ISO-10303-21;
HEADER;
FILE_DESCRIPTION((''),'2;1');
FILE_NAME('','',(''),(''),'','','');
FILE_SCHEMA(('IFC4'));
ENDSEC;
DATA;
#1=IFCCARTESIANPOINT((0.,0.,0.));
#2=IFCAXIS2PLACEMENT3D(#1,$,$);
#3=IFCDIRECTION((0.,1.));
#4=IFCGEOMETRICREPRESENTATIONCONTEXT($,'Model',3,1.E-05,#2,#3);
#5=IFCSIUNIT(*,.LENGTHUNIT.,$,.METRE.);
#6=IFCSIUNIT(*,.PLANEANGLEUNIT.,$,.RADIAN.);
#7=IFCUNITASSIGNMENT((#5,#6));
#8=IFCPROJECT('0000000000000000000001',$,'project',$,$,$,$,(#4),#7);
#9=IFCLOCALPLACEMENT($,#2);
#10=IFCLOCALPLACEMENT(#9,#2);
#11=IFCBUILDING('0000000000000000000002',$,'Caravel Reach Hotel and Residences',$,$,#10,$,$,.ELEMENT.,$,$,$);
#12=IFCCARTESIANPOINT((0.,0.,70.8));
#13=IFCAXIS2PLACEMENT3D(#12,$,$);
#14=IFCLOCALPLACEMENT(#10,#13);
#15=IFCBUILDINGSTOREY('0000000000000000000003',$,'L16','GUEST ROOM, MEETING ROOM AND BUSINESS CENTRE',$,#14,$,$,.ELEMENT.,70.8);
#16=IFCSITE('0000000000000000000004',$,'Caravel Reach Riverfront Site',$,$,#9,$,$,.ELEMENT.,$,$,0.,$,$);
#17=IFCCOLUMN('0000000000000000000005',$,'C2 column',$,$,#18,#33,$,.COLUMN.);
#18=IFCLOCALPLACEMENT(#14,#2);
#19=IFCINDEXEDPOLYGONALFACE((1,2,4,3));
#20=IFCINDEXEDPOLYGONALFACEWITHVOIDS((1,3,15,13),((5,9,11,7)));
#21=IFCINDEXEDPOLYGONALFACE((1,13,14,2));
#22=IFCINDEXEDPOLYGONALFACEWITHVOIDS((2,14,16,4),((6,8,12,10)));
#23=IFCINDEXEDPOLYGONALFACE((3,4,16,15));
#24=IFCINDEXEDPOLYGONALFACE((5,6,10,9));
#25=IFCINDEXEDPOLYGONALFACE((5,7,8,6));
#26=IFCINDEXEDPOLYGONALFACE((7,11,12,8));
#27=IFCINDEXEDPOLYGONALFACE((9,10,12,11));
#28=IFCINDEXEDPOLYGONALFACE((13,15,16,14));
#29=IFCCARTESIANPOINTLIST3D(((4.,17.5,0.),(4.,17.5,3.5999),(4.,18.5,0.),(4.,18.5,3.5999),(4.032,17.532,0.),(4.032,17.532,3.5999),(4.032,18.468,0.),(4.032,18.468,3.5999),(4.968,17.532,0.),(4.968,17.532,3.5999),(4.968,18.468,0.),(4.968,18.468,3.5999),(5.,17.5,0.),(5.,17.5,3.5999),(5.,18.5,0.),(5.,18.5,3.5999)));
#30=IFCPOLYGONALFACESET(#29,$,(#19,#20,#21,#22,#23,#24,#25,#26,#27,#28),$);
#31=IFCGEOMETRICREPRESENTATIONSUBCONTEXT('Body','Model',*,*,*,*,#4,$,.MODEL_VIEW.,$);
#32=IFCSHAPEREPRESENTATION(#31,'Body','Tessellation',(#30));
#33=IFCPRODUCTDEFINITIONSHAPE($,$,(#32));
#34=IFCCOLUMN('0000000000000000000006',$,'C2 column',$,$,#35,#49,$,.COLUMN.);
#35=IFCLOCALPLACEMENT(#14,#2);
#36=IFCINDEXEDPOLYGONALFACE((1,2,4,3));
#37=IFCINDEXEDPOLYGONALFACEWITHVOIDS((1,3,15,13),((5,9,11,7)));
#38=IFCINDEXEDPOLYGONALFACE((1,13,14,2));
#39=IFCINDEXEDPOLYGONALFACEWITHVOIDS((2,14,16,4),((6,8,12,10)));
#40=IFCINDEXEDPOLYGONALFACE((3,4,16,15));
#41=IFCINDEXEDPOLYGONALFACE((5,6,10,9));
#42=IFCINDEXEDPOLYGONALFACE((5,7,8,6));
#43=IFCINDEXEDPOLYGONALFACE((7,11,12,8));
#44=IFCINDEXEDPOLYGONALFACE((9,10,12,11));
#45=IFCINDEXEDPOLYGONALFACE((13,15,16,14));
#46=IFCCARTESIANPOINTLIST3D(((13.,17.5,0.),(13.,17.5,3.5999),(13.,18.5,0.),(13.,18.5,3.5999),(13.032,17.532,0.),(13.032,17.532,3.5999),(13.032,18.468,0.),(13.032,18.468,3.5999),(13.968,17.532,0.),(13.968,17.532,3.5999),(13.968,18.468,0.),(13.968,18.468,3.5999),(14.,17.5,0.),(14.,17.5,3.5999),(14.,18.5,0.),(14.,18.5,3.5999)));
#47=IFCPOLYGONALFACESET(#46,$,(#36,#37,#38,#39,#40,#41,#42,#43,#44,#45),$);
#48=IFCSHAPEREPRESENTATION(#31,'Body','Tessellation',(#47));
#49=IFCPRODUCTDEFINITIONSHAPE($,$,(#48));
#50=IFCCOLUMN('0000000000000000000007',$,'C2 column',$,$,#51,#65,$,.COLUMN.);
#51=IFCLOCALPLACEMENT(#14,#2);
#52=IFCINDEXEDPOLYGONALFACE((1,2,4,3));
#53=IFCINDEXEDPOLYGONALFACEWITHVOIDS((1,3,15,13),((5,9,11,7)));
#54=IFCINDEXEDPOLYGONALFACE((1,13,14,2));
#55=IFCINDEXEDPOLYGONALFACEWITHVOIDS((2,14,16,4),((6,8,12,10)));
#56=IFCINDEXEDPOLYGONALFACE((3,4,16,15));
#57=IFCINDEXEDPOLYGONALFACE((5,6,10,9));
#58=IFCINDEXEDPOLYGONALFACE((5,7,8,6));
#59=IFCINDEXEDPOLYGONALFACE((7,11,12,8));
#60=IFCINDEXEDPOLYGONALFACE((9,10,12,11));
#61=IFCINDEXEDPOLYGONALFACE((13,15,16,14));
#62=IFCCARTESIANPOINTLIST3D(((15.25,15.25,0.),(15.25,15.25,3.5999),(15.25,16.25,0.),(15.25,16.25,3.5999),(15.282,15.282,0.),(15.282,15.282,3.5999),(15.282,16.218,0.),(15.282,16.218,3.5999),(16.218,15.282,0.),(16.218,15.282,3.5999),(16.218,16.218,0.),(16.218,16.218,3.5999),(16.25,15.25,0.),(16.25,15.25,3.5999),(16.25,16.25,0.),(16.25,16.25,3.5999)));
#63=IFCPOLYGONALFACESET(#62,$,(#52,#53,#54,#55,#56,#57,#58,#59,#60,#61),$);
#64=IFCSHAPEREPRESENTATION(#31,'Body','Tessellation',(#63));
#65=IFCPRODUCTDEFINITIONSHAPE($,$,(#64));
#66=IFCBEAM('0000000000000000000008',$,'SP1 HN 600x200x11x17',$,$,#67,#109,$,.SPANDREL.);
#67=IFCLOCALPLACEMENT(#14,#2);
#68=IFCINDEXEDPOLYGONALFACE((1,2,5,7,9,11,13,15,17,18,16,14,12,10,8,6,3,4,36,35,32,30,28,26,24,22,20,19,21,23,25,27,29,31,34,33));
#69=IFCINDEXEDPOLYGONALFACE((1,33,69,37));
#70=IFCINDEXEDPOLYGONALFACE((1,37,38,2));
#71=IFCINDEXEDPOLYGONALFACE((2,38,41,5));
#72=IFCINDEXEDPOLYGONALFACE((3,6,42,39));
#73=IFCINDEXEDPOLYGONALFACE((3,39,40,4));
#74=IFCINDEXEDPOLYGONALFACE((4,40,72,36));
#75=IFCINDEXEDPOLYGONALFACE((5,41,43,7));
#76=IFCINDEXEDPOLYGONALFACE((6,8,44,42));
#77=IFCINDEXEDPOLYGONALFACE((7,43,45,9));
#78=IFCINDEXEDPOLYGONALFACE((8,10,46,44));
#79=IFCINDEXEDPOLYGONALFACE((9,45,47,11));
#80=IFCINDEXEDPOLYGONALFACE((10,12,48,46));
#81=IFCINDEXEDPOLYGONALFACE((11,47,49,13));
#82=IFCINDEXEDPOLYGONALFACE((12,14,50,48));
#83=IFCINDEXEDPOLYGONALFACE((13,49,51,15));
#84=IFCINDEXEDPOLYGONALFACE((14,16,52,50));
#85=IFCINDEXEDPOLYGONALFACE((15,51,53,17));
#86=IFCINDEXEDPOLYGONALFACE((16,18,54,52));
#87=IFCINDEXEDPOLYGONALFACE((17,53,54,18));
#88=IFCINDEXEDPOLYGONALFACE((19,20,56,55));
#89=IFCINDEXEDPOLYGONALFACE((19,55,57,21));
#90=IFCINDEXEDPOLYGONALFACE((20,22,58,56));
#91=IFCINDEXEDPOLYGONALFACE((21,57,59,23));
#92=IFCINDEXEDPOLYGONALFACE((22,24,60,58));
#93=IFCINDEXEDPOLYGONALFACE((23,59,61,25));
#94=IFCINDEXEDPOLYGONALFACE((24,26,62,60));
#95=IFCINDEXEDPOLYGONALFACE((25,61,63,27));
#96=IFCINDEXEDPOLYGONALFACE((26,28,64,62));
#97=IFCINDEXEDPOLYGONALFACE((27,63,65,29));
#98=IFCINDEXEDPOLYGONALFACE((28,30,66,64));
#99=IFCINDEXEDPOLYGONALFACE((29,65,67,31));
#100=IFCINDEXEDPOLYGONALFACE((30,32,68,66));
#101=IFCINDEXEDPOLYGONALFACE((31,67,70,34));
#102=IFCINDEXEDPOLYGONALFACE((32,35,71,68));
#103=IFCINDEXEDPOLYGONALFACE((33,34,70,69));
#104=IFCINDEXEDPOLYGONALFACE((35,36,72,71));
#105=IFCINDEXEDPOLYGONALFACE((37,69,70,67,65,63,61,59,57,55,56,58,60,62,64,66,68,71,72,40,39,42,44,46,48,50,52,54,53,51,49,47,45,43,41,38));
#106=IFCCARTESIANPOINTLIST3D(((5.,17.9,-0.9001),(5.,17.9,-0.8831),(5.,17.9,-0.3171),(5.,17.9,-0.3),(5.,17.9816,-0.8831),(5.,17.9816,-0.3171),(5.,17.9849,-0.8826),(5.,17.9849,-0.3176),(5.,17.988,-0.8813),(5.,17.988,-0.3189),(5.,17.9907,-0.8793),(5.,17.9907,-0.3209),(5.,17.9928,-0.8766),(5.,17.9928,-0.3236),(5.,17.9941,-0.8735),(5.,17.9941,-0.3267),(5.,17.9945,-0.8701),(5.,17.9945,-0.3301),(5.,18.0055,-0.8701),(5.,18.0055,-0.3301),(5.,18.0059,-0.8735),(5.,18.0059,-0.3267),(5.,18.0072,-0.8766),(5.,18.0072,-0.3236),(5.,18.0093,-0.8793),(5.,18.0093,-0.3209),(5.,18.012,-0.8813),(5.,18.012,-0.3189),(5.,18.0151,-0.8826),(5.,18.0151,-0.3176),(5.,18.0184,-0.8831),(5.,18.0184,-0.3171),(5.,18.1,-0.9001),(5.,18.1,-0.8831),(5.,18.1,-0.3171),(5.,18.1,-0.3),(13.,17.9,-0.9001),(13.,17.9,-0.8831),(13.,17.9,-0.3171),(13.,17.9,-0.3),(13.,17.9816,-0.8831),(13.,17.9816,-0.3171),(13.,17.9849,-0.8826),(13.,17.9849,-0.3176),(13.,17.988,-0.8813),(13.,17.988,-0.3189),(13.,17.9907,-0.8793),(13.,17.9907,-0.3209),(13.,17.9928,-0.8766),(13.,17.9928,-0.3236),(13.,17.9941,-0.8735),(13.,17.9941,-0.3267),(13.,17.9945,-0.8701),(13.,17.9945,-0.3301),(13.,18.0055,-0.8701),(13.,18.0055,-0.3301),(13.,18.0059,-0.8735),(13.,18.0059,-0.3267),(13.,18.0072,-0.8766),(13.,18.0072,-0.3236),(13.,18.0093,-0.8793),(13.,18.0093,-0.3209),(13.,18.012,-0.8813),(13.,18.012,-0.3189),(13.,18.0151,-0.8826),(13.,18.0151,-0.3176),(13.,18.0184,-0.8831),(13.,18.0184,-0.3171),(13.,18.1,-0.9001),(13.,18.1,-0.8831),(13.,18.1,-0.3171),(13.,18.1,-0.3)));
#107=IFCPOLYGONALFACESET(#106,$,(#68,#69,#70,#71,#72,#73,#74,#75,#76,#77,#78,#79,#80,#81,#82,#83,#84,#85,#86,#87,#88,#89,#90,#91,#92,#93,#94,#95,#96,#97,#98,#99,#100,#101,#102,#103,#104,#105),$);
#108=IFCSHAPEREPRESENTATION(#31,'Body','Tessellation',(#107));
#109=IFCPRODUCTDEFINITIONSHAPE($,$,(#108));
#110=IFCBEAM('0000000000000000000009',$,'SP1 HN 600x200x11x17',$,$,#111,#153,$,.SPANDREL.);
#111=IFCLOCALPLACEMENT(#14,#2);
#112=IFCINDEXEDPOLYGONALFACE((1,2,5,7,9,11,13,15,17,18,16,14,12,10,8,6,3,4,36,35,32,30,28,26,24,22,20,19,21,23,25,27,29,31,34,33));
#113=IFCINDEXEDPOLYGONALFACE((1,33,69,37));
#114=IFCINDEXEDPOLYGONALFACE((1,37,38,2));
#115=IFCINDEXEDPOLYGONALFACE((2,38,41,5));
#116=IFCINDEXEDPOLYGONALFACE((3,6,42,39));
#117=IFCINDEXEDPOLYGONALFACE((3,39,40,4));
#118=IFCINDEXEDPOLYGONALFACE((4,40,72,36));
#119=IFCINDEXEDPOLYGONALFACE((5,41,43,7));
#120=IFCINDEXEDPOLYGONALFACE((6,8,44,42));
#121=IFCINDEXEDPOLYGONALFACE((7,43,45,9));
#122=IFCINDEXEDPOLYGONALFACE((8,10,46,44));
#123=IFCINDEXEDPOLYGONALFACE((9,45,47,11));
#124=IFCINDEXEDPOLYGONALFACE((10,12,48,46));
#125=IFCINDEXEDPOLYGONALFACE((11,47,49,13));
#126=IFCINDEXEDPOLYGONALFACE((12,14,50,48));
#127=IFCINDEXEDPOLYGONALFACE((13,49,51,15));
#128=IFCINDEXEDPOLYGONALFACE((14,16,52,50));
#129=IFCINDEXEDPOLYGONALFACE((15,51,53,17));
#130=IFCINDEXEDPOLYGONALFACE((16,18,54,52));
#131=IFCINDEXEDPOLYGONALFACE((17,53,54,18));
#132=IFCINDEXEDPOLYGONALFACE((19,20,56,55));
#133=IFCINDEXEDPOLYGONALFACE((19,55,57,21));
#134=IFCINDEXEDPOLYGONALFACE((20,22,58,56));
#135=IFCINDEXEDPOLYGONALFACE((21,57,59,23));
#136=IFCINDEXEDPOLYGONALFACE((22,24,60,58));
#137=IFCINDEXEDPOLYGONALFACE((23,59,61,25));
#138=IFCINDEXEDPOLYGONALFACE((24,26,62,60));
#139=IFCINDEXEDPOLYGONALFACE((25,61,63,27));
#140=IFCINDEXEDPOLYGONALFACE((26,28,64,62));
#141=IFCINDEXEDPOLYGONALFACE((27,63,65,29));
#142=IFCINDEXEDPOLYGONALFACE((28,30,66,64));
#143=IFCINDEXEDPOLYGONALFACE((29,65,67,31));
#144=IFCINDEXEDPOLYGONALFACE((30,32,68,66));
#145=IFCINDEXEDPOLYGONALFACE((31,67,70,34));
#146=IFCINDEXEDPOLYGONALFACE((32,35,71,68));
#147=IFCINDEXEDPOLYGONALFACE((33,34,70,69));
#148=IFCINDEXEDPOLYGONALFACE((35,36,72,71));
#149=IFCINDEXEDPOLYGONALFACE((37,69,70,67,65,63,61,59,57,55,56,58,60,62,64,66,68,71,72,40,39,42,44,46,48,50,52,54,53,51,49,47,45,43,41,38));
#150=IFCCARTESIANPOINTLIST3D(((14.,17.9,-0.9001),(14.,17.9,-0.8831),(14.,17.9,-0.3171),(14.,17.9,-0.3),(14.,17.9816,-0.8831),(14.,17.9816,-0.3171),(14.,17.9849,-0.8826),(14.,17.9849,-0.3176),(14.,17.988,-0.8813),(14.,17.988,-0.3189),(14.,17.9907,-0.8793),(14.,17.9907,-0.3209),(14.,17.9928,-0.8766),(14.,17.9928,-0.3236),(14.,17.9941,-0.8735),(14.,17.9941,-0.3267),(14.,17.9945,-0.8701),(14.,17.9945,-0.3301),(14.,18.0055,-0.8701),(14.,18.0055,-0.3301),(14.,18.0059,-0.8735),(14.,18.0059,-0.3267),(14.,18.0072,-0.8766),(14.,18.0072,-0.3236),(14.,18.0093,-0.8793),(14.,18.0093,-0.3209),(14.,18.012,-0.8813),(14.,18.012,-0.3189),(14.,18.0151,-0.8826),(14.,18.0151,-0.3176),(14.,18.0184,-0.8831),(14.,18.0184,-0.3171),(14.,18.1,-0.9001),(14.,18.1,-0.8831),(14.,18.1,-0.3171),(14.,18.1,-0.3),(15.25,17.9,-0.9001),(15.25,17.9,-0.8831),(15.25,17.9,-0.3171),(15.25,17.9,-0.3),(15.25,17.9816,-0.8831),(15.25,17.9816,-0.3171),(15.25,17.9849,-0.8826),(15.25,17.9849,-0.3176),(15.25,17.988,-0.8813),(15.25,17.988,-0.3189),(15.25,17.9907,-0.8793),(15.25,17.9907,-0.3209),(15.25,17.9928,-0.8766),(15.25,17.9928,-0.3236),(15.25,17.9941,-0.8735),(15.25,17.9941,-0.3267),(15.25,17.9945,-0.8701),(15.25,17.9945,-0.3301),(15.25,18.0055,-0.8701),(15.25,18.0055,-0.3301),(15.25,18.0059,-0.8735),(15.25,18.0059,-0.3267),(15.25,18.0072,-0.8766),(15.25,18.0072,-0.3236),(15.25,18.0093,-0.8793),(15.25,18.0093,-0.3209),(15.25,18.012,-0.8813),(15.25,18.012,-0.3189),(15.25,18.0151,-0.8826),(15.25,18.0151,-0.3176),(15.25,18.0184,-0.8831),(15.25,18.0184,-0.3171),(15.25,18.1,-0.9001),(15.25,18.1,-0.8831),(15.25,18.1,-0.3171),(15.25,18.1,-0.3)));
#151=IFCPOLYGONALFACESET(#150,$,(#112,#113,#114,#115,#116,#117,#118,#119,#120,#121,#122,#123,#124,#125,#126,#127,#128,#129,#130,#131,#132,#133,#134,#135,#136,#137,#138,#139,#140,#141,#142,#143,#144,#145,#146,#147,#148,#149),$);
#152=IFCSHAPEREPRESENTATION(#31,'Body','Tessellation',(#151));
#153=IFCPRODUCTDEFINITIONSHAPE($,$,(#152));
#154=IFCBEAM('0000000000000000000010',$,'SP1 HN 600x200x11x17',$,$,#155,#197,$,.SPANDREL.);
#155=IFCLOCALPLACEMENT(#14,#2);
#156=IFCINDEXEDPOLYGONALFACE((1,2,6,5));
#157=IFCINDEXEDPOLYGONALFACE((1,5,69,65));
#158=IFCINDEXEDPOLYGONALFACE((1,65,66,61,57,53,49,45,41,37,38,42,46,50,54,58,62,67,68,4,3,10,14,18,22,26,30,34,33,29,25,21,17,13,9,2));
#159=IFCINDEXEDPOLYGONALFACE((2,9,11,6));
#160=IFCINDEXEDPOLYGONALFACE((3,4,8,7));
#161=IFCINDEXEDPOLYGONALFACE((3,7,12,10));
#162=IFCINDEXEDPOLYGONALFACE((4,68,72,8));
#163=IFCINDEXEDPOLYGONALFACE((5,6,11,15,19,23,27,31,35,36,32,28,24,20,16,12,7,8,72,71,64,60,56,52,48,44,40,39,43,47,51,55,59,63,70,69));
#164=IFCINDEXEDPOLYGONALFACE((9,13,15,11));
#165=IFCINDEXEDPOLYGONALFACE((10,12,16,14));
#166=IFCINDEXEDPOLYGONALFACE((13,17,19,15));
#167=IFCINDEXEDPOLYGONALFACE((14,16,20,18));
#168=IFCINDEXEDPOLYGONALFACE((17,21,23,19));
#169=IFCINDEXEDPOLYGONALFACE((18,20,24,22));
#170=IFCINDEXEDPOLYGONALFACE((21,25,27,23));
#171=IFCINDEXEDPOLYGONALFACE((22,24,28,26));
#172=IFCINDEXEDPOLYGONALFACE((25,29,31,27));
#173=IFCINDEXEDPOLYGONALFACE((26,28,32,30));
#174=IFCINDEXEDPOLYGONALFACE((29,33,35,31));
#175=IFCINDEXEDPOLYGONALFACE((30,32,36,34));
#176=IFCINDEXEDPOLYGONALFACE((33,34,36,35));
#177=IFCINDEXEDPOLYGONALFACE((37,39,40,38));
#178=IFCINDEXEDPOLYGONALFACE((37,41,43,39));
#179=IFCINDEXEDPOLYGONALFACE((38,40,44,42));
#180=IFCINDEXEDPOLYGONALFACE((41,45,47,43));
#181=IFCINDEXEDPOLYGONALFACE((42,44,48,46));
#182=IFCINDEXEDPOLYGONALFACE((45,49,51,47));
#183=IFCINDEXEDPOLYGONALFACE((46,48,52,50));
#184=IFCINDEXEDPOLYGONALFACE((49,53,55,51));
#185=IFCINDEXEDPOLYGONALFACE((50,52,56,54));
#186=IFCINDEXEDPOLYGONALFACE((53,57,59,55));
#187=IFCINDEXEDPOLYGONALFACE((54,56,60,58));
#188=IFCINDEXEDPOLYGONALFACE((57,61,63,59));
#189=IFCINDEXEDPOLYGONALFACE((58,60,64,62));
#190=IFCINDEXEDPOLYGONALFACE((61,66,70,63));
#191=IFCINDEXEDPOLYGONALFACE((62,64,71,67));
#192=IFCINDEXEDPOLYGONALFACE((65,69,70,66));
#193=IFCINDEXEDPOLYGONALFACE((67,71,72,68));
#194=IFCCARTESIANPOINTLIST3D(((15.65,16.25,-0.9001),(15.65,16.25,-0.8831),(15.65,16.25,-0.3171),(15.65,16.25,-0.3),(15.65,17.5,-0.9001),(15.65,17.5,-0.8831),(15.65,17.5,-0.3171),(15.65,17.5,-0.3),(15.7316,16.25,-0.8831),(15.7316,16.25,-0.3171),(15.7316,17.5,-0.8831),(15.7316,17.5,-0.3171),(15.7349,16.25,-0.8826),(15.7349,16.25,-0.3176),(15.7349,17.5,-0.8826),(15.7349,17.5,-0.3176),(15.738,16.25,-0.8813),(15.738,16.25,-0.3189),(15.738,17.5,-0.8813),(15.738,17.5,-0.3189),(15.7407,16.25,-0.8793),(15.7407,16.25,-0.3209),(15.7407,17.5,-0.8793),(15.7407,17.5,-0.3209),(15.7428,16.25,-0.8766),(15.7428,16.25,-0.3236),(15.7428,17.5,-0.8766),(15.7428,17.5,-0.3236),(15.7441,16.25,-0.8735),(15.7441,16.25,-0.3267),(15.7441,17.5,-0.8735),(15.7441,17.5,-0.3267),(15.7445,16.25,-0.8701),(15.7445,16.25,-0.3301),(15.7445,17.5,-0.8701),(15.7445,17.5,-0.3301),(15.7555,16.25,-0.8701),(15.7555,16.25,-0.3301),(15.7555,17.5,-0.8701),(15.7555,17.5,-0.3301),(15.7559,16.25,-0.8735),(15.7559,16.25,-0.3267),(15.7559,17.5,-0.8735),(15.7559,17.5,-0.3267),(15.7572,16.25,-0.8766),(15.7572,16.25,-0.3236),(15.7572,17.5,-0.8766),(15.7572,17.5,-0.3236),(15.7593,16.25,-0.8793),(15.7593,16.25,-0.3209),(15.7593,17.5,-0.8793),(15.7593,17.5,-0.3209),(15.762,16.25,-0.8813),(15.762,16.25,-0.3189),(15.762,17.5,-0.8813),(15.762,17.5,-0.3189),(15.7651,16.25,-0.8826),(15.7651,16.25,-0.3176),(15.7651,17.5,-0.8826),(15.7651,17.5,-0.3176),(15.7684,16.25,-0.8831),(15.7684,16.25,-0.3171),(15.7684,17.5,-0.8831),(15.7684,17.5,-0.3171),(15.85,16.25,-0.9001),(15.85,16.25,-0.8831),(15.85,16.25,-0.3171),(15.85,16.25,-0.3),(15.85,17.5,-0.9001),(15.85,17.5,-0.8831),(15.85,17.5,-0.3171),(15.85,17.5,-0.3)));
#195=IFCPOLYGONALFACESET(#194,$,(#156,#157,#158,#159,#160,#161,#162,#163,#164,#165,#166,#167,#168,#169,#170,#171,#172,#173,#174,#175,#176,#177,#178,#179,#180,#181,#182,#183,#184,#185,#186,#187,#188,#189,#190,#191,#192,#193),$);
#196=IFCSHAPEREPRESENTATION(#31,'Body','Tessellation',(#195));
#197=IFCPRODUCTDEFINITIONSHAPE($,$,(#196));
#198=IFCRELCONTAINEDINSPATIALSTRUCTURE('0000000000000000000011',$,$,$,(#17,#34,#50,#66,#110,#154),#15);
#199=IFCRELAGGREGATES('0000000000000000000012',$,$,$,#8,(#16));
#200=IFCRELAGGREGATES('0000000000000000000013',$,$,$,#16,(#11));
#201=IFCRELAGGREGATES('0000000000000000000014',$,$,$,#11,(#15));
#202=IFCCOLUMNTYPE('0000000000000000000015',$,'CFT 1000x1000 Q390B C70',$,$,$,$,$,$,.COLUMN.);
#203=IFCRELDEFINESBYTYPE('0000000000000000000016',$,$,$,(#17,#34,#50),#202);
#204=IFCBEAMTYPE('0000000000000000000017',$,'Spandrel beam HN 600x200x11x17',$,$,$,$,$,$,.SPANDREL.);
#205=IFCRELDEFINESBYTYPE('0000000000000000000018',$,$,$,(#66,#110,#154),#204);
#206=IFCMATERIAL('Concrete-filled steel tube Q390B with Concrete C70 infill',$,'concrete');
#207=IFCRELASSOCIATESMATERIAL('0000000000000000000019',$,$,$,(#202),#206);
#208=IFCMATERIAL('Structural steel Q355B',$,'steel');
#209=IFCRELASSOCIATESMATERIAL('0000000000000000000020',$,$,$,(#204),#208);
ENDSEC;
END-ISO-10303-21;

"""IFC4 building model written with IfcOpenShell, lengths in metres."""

from ifc_helpers import new_model, si_unit, direction, frame, origin, origin_2d, place, context, subcontext, project, spatial, hollow_rectangle, i_section, extrude, material, material_profile, profile_set, type_object, element, save


model = new_model("IFC4")

# Units and contexts
model_context = context("Model", 3, precision=1e-05, world=origin(), true_north=direction((0.0, 1.0)))
body_context = subcontext(model_context, "Body", "Model", "MODEL_VIEW")
ifc_project = project(units=[si_unit("LENGTHUNIT", "METRE"), si_unit("PLANEANGLEUNIT", "RADIAN")], contexts=[model_context])

# Site, building, storey
site_placement = place(None, origin())
site = spatial("IfcSite", under=ifc_project, at=site_placement, Name="Caravel Reach Riverfront Site", CompositionType="ELEMENT", RefElevation=0.0)
building_placement = place(site_placement, origin())
building = spatial("IfcBuilding", under=site, at=building_placement, Name="Caravel Reach Hotel and Residences", CompositionType="ELEMENT")
storey_placement = place(building_placement, frame((0.0, 0.0, 70.8)))
storey = spatial("IfcBuildingStorey", under=building, at=storey_placement, Name="L16", Description="GUEST ROOM, MEETING ROOM AND BUSINESS CENTRE", CompositionType="ELEMENT", Elevation=70.8)

# Columns
ifc_material_1 = material(Name="Concrete-filled steel tube Q390B with Concrete C70 infill", Category="concrete")
ifc_material_profile_1 = material_profile(ifc_material_1, hollow_rectangle(XDim=1.0, YDim=1.0, WallThickness=0.032, at=origin_2d()), Name="RHS 1000x1000x32")
ifc_profile_set_1 = profile_set([ifc_material_profile_1], Name="Concrete-filled steel tube Q390B with Concrete C70 infill")
column_type = type_object("IfcColumnType", Name="CFT 1000x1000 Q390B C70", PredefinedType="COLUMN", material=ifc_profile_set_1)
for number, where, z_axis, x_axis, name in (
    (1, (4.5, 18.0, 0.0), (0.0, 0.0, 1.0), (1.0, 0.0, 0.0), "C2 column"),
    (2, (13.5, 18.0, 0.0), (0.0, 0.0, 1.0), (1.0, 0.0, 0.0), "C2 column"),
    (3, (15.75, 15.75, 0.0), (0.0, 0.0, 1.0), (1.0, 0.0, 0.0), "C2 column"),
):
    element("IfcColumn", number, at=place(storey_placement, frame(where, z_axis=z_axis, x_axis=x_axis)), inside=storey, type_object=column_type, Name=name, PredefinedType="COLUMN", context=body_context, shape_type="SweptSolid", body=[
        extrude(hollow_rectangle(XDim=1.0, YDim=1.0, WallThickness=0.032, at=origin_2d()), origin(), (0.0, 0.0, 1.0), 3.5999),
    ])

# Beams
ifc_material_2 = material(Name="Structural steel Q355B", Category="steel")
ifc_material_profile_2 = material_profile(ifc_material_2, i_section(OverallWidth=0.2, OverallDepth=0.6001, WebThickness=0.011, FlangeThickness=0.0171, FilletRadius=0.0129, at=origin_2d()), Name="HN 600x200x11x17")
ifc_profile_set_2 = profile_set([ifc_material_profile_2], Name="Structural steel Q355B")
beam_type = type_object("IfcBeamType", Name="Spandrel beam HN 600x200x11x17", PredefinedType="SPANDREL", material=ifc_profile_set_2)
beam_placement = place(storey_placement, frame((5.0, 18.0, -0.6001), z_axis=(1.0, 0.0, 0.0), x_axis=(0.0, 1.0, 0.0)))
element("IfcBeam", 4, at=beam_placement, inside=storey, type_object=beam_type, Name="SP1 HN 600x200x11x17", PredefinedType="SPANDREL", context=body_context, shape_type="SweptSolid", body=[
    extrude(i_section(OverallWidth=0.2, OverallDepth=0.6001, WebThickness=0.011, FlangeThickness=0.0171, FilletRadius=0.0129, at=origin_2d()), origin(), (0.0, 0.0, 1.0), 8.0),
])
for number, where, z_axis, x_axis, name in (
    (5, (14.0, 18.0, -0.6001), (1.0, 0.0, 0.0), (0.0, 1.0, 0.0), "SP1 HN 600x200x11x17"),
    (6, (15.75, 17.5, -0.6001), (0.0, -1.0, 0.0), (1.0, 0.0, 0.0), "SP1 HN 600x200x11x17"),
):
    element("IfcBeam", number, at=place(storey_placement, frame(where, z_axis=z_axis, x_axis=x_axis)), inside=storey, type_object=beam_type, Name=name, PredefinedType="SPANDREL", context=body_context, shape_type="SweptSolid", body=[
        extrude(i_section(OverallWidth=0.2, OverallDepth=0.6001, WebThickness=0.011, FlangeThickness=0.0171, FilletRadius=0.0129, at=origin_2d()), origin(), (0.0, 0.0, 1.0), 1.25),
    ])

save(model, "model.ifc")
